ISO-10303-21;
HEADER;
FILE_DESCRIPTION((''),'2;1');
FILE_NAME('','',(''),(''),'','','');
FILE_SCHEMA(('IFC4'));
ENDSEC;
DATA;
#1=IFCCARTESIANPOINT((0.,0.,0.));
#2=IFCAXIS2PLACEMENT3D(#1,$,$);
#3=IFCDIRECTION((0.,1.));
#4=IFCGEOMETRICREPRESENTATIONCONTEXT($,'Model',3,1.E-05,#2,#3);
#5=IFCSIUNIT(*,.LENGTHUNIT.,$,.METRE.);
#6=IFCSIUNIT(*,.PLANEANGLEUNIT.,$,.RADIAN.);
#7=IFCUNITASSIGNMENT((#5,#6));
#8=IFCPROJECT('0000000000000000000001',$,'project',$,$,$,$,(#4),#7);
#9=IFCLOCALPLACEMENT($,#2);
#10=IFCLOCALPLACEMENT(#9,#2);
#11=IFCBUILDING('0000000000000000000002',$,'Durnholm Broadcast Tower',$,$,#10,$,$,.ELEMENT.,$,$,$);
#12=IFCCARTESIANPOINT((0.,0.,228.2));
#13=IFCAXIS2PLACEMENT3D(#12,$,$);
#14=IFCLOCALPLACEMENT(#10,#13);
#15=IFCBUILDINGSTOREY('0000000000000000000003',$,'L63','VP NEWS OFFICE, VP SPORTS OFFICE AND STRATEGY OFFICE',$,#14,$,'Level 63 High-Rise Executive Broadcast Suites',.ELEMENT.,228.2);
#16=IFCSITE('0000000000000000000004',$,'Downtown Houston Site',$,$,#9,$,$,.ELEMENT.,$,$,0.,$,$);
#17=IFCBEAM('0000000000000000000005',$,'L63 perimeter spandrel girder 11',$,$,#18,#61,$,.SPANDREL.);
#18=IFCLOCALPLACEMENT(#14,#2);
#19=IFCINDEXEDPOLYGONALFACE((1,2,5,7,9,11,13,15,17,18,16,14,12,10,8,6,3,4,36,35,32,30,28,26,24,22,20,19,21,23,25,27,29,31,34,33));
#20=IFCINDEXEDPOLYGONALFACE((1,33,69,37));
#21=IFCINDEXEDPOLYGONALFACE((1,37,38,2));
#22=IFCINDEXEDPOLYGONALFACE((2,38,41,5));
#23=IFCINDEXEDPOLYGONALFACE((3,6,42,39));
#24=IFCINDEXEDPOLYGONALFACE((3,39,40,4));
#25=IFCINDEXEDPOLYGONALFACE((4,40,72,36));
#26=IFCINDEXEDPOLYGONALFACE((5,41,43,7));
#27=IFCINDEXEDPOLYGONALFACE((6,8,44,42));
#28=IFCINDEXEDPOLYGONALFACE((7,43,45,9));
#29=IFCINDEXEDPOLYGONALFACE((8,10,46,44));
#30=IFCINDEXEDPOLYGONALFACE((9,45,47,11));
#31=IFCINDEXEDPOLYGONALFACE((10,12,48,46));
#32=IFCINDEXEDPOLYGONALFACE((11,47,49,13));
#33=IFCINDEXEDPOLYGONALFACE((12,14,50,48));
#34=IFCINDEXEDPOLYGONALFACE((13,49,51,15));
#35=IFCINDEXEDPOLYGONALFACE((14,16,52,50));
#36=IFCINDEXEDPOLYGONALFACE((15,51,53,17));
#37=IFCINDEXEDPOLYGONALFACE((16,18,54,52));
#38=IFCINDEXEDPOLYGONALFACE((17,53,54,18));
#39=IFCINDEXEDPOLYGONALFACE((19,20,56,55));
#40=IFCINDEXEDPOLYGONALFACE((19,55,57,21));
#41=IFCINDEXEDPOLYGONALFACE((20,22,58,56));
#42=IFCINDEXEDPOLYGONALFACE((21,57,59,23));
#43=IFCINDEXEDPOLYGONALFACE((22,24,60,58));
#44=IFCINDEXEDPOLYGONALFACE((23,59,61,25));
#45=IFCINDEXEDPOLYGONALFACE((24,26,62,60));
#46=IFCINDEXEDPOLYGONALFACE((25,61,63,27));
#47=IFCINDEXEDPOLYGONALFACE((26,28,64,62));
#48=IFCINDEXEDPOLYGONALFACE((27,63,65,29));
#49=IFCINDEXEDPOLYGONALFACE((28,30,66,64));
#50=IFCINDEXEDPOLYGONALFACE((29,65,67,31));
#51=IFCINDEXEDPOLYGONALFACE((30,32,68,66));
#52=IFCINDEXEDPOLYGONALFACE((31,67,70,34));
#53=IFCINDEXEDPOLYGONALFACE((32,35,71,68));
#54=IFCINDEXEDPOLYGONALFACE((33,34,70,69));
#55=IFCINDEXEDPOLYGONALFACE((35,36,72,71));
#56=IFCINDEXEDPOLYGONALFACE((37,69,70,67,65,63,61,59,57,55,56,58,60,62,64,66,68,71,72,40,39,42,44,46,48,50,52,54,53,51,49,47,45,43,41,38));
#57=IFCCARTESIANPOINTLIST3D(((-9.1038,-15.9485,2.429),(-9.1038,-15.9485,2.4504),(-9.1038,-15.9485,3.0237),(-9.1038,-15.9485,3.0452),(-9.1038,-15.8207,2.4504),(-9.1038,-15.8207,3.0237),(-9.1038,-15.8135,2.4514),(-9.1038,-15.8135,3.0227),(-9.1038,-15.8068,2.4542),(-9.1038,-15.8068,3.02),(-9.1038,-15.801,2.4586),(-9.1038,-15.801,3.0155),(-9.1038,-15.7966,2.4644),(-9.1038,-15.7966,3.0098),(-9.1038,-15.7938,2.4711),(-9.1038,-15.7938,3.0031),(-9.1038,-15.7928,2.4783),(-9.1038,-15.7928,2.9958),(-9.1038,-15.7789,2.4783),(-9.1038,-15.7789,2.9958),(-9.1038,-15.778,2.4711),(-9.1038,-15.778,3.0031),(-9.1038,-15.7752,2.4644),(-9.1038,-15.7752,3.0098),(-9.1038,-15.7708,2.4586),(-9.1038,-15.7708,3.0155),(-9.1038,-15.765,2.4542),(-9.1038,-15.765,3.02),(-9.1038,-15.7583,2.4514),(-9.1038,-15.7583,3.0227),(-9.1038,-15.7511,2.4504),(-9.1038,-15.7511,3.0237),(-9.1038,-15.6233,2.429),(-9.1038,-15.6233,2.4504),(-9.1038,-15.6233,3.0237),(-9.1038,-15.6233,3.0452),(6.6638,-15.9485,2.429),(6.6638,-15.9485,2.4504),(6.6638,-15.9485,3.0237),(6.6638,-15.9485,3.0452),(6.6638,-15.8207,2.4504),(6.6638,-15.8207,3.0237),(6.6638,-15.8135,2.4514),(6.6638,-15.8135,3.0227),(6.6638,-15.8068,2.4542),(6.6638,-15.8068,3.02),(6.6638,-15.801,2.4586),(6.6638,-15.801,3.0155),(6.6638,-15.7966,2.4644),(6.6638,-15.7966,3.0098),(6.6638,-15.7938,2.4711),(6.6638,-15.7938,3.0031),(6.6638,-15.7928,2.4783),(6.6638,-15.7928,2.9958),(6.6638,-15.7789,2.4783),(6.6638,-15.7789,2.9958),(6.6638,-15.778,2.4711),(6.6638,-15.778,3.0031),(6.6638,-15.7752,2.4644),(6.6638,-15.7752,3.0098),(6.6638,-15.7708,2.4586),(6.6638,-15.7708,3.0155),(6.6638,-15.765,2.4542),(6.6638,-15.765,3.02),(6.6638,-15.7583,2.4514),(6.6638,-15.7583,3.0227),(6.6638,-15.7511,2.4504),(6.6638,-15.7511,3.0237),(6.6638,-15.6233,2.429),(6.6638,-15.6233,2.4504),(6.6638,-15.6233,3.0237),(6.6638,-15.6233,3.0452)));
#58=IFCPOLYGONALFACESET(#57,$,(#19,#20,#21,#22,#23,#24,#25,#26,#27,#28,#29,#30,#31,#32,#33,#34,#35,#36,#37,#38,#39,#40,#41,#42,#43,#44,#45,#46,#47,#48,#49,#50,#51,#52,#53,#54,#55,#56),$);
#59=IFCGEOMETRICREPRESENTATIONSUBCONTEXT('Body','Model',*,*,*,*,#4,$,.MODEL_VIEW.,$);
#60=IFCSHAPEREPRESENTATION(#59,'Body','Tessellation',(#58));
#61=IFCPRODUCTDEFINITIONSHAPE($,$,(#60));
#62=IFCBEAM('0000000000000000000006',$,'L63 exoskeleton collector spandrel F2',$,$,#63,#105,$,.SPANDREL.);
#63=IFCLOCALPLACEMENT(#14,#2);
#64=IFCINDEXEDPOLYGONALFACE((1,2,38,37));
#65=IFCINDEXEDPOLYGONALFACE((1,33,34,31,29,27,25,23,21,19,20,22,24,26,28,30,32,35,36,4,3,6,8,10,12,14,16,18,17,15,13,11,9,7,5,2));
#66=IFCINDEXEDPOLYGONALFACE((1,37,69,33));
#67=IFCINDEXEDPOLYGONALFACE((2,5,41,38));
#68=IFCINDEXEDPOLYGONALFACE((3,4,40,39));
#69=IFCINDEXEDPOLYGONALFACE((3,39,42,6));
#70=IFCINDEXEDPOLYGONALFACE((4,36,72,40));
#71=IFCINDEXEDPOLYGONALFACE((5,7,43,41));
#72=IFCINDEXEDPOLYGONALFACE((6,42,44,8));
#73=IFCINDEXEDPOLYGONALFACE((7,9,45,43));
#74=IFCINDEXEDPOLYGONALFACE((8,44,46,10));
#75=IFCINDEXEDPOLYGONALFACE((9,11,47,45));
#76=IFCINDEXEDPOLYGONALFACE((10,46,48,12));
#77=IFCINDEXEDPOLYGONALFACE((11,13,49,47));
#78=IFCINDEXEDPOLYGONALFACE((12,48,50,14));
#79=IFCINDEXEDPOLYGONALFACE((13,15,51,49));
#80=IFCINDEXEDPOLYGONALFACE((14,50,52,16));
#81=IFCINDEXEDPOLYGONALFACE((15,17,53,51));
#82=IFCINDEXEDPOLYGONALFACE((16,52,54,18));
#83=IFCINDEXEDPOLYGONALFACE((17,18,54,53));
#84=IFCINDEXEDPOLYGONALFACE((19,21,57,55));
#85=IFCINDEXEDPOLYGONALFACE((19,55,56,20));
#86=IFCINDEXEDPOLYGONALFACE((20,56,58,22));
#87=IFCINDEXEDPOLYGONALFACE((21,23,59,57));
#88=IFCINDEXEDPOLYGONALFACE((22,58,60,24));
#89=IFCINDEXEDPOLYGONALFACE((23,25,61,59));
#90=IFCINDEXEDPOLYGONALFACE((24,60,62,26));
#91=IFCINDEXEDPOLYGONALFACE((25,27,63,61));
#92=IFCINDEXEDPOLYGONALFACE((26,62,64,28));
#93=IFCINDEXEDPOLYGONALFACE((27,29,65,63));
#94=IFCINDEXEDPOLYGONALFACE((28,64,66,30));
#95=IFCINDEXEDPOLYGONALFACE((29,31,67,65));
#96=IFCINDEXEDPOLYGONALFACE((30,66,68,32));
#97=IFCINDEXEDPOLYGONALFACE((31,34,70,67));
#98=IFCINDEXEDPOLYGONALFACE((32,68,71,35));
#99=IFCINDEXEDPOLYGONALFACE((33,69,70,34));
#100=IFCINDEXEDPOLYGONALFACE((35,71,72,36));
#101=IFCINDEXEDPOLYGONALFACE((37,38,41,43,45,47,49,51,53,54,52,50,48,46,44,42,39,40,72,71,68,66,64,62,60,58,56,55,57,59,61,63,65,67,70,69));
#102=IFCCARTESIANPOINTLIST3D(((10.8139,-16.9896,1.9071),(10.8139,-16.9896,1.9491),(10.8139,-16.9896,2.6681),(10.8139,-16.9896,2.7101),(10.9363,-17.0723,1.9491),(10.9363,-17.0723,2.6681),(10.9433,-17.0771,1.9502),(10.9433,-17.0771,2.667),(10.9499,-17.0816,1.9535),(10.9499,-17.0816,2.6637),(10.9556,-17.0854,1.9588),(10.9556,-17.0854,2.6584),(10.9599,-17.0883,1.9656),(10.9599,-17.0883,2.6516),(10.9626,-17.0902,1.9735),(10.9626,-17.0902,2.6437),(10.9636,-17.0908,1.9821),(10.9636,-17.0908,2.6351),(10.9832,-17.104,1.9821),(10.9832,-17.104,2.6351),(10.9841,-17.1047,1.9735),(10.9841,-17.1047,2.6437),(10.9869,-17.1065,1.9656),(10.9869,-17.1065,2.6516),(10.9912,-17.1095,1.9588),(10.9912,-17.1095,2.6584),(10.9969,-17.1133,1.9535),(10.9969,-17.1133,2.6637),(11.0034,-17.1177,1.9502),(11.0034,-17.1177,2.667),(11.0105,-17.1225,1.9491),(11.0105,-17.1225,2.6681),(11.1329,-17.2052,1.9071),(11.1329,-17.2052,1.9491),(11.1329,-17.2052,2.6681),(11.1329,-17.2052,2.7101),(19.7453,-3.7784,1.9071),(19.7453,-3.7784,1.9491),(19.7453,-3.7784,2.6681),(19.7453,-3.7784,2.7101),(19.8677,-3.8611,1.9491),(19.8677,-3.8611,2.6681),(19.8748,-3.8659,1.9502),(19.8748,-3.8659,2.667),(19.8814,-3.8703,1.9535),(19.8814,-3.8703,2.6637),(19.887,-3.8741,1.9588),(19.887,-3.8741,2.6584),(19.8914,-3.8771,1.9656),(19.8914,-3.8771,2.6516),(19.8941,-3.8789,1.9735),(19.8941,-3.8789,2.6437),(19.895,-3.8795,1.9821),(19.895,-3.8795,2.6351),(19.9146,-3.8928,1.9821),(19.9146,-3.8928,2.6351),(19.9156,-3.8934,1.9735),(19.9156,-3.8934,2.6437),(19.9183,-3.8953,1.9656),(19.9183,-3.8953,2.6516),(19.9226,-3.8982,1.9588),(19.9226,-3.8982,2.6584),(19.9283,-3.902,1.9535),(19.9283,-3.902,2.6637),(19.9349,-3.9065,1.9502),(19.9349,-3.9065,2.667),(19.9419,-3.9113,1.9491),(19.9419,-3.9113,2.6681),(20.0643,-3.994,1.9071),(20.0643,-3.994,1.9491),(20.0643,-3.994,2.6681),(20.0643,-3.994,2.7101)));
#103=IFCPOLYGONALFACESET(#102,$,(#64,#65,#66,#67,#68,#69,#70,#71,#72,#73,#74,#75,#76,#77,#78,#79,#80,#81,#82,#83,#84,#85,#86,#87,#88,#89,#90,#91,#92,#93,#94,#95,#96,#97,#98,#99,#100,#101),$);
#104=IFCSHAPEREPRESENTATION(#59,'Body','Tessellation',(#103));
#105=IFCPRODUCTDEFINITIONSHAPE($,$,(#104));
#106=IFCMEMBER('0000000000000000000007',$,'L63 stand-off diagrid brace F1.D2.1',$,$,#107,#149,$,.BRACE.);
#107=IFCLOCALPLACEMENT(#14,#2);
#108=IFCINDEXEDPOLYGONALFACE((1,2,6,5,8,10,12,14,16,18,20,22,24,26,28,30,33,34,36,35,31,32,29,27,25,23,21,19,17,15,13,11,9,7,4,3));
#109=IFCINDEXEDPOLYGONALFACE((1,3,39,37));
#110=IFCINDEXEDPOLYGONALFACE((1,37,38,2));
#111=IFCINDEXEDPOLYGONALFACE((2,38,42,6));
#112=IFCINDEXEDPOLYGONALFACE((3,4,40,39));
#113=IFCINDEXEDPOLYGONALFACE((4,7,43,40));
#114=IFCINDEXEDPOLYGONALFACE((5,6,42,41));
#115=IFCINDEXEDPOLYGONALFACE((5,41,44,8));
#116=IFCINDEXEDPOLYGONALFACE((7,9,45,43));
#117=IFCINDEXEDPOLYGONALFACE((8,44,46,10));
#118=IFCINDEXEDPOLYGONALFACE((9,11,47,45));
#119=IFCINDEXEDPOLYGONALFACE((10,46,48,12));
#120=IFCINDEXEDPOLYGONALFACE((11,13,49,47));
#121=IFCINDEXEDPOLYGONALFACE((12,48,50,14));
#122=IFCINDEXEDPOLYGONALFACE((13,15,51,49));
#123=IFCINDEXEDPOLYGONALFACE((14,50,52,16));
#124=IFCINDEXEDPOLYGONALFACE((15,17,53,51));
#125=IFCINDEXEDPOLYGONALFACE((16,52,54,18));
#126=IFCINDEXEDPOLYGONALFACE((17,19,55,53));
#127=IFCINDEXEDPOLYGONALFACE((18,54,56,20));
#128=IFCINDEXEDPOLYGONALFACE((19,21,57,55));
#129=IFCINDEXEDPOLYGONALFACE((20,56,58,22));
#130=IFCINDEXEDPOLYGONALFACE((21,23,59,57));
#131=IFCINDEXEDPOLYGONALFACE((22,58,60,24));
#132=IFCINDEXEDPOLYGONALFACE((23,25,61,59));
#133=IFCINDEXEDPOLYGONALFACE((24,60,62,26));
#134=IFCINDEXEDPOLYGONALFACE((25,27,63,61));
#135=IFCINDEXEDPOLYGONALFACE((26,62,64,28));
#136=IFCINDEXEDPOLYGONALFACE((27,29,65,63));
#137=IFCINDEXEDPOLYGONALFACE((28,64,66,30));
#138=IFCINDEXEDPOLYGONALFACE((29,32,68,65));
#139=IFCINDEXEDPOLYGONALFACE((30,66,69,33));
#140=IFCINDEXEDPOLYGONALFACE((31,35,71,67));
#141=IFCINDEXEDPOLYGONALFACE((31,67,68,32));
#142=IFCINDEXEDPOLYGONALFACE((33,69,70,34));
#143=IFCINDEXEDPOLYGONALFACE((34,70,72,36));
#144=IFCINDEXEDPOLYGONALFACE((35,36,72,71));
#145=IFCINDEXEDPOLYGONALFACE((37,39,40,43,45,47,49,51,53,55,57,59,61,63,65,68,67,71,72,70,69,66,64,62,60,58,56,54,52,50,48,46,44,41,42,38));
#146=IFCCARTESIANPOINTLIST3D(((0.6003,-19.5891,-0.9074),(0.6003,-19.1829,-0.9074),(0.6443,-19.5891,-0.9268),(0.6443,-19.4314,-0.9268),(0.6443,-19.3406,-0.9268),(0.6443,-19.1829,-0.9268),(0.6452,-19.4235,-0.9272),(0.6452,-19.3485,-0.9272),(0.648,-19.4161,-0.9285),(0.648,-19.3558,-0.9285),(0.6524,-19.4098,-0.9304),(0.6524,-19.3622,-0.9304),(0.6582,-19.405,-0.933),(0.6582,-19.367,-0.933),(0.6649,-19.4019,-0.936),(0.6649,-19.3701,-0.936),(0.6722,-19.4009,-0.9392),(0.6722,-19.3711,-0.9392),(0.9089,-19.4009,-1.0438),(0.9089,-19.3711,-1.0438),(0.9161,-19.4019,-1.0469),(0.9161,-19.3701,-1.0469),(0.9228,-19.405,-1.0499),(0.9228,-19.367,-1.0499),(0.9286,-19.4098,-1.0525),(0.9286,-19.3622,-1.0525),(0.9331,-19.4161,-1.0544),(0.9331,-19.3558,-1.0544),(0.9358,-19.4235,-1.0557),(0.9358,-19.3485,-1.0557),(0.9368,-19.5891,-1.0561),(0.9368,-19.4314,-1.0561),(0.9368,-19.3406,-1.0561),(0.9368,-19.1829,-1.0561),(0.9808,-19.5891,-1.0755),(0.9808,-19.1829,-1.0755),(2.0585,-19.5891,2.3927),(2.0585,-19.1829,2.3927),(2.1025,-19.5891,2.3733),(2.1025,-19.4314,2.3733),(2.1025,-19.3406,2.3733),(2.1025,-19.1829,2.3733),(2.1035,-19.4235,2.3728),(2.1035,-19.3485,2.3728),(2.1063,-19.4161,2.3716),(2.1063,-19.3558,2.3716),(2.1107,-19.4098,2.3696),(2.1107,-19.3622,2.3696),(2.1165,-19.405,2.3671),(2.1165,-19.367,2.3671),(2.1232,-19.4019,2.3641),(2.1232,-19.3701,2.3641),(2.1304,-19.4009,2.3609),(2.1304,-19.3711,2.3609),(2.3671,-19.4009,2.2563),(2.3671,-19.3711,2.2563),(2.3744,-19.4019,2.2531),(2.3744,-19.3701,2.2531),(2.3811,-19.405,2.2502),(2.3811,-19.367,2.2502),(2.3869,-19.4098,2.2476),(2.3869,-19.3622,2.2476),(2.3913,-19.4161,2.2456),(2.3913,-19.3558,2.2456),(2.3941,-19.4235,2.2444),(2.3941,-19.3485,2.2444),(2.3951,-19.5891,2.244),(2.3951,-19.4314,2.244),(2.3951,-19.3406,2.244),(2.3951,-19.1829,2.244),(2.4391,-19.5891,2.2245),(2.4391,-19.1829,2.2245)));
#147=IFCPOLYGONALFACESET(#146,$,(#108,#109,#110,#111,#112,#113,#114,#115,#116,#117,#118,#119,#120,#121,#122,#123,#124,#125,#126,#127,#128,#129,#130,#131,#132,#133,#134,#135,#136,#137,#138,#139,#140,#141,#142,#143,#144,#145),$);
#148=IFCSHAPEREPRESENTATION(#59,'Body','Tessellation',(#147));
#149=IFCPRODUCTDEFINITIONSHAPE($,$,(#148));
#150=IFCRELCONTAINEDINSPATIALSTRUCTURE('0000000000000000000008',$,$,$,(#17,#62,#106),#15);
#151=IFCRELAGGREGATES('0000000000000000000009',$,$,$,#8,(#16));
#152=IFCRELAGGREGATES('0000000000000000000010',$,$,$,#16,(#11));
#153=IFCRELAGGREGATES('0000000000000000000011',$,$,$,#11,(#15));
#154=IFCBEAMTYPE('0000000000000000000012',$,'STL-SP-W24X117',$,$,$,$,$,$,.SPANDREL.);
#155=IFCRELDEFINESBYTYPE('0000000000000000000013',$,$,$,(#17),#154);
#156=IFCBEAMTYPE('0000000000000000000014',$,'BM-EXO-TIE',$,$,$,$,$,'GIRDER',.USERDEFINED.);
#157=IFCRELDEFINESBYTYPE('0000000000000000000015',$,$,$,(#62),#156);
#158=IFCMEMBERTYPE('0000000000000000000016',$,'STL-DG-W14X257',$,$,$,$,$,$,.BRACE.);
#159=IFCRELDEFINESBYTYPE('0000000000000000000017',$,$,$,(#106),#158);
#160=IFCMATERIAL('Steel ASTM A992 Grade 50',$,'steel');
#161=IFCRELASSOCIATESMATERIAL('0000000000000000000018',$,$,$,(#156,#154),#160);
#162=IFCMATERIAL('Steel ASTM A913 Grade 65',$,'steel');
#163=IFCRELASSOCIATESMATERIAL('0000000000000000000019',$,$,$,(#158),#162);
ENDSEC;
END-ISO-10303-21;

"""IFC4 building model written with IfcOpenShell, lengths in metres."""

from ifc_helpers import new_model, si_unit, direction, frame, origin, origin_2d, place, context, subcontext, project, spatial, i_section, extrude, source, transform, mapped, material, material_profile, profile_set, type_object, type_shapes, element, save


model = new_model("IFC4")

# Units and contexts
model_context = context("Model", 3, precision=1e-05, world=origin(), true_north=direction((0.0, 1.0)))
body_context = subcontext(model_context, "Body", "Model", "MODEL_VIEW")
ifc_project = project(units=[si_unit("LENGTHUNIT", "METRE"), si_unit("PLANEANGLEUNIT", "RADIAN")], contexts=[model_context])

# Site, building, storey
site_placement = place(None, origin())
site = spatial("IfcSite", under=ifc_project, at=site_placement, Name="Downtown Houston Site", CompositionType="ELEMENT", RefElevation=0.0)
building_placement = place(site_placement, origin())
building = spatial("IfcBuilding", under=site, at=building_placement, Name="Durnholm Broadcast Tower", CompositionType="ELEMENT")
storey_placement = place(building_placement, frame((0.0, 0.0, 228.2)))
storey = spatial("IfcBuildingStorey", under=building, at=storey_placement, Name="L63", Description="VP NEWS OFFICE, VP SPORTS OFFICE AND STRATEGY OFFICE", LongName="Level 63 High-Rise Executive Broadcast Suites", CompositionType="ELEMENT", Elevation=228.2)

# Beams
ifc_material_1 = material(Name="Steel ASTM A992 Grade 50", Category="steel")
ifc_material_profile_1 = material_profile(ifc_material_1, i_section(OverallWidth=0.385, OverallDepth=0.803, WebThickness=0.0237, FlangeThickness=0.042, FilletRadius=0.033, at=origin_2d()), Name="W30X261")
ifc_profile_set_1 = profile_set([ifc_material_profile_1], Name="Steel ASTM A992 Grade 50")
beam_type_1 = type_object("IfcBeamType", Name="BM-EXO-TIE", ElementType="GIRDER", PredefinedType="USERDEFINED", material=ifc_profile_set_1)
ifc_material_profile_2 = material_profile(ifc_material_1, i_section(OverallWidth=0.3252, OverallDepth=0.6162, WebThickness=0.0139, FlangeThickness=0.0215, FilletRadius=0.0278, at=origin_2d()), Name="W24X117")
ifc_profile_set_2 = profile_set([ifc_material_profile_2], Name="Steel ASTM A992 Grade 50")
beam_type_2 = type_object("IfcBeamType", Name="STL-SP-W24X117", PredefinedType="SPANDREL", material=ifc_profile_set_2)
shared_shape_1 = source(origin(), body_context, "Body", "SweptSolid", [
    extrude(i_section(OverallWidth=0.3252, OverallDepth=0.6162, WebThickness=0.0139, FlangeThickness=0.0215, FilletRadius=0.0278, at=origin_2d()), origin(), (0.0, 0.0, 1.0), 15.7676),
])
beam_1_placement = place(storey_placement, frame((6.6638, -15.7859, 2.7371), z_axis=(-1.0, 0.0, 0.0), x_axis=(0.0, -1.0, 0.0)))
element("IfcBeam", 1, at=beam_1_placement, inside=storey, type_object=beam_type_2, Name="L63 perimeter spandrel girder 11", PredefinedType="SPANDREL", context=body_context, shape_type="MappedRepresentation", body=[
    mapped(shared_shape_1, transform((0.0, 0.0, 0.0), x_axis=(1.0, 0.0, 0.0), y_axis=(0.0, 1.0, 0.0), z_axis=(0.0, 0.0, 1.0), scale=1.0)),
])
shared_shape_2 = source(origin(), body_context, "Body", "SweptSolid", [
    extrude(i_section(OverallWidth=0.385, OverallDepth=0.803, WebThickness=0.0237, FlangeThickness=0.042, FilletRadius=0.033, at=origin_2d()), origin(), (0.0, 0.0, 1.0), 15.947),
])
beam_2_placement = place(storey_placement, frame((10.9734, -17.0974, 2.3086), z_axis=(0.560069, 0.828446, 0.0), x_axis=(-0.828446, 0.560069, 0.0)))
element("IfcBeam", 2, at=beam_2_placement, inside=storey, type_object=beam_type_1, Name="L63 exoskeleton collector spandrel F2", PredefinedType="SPANDREL", context=body_context, shape_type="MappedRepresentation", body=[
    mapped(shared_shape_2, transform((0.0, 0.0, 0.0), x_axis=(1.0, 0.0, 0.0), y_axis=(0.0, 1.0, 0.0), z_axis=(0.0, 0.0, 1.0), scale=1.0)),
])

# Member
ifc_material_2 = material(Name="Steel ASTM A913 Grade 65", Category="steel")
ifc_material_profile_3 = material_profile(ifc_material_2, i_section(OverallWidth=0.4062, OverallDepth=0.416, WebThickness=0.0298, FlangeThickness=0.0481, FilletRadius=0.0305, at=origin_2d()), Name="W14X257")
ifc_profile_set_3 = profile_set([ifc_material_profile_3], Name="Steel ASTM A913 Grade 65")
member_type_1 = type_object("IfcMemberType", Name="STL-DG-W14X257", PredefinedType="BRACE", material=ifc_profile_set_3)
shared_shape_3 = source(origin(), body_context, "Body", "SweptSolid", [
    extrude(i_section(OverallWidth=0.4062, OverallDepth=0.416, WebThickness=0.0298, FlangeThickness=0.0481, FilletRadius=0.0305, at=origin_2d()), origin(), (0.0, 0.0, 1.0), 3.6079),
])
type_shapes(member_type_1, [shared_shape_3])
for number, where, z_axis, x_axis, name in (
    (3, (0.7905, -19.386, -0.9915), (0.404185, 0.0, 0.914677), (0.0, 1.0, 0.0), "L63 stand-off diagrid brace F1.D2.1"),
):
    element("IfcMember", number, at=place(storey_placement, frame(where, z_axis=z_axis, x_axis=x_axis)), inside=storey, type_object=member_type_1, Name=name, PredefinedType="BRACE", context=body_context, shape_type="MappedRepresentation", body=[
        mapped(shared_shape_3, transform((0.0, 0.0, 0.0), x_axis=(1.0, 0.0, 0.0), y_axis=(0.0, 1.0, 0.0), z_axis=(0.0, 0.0, 1.0), scale=1.0)),
    ])

save(model, "model.ifc")
